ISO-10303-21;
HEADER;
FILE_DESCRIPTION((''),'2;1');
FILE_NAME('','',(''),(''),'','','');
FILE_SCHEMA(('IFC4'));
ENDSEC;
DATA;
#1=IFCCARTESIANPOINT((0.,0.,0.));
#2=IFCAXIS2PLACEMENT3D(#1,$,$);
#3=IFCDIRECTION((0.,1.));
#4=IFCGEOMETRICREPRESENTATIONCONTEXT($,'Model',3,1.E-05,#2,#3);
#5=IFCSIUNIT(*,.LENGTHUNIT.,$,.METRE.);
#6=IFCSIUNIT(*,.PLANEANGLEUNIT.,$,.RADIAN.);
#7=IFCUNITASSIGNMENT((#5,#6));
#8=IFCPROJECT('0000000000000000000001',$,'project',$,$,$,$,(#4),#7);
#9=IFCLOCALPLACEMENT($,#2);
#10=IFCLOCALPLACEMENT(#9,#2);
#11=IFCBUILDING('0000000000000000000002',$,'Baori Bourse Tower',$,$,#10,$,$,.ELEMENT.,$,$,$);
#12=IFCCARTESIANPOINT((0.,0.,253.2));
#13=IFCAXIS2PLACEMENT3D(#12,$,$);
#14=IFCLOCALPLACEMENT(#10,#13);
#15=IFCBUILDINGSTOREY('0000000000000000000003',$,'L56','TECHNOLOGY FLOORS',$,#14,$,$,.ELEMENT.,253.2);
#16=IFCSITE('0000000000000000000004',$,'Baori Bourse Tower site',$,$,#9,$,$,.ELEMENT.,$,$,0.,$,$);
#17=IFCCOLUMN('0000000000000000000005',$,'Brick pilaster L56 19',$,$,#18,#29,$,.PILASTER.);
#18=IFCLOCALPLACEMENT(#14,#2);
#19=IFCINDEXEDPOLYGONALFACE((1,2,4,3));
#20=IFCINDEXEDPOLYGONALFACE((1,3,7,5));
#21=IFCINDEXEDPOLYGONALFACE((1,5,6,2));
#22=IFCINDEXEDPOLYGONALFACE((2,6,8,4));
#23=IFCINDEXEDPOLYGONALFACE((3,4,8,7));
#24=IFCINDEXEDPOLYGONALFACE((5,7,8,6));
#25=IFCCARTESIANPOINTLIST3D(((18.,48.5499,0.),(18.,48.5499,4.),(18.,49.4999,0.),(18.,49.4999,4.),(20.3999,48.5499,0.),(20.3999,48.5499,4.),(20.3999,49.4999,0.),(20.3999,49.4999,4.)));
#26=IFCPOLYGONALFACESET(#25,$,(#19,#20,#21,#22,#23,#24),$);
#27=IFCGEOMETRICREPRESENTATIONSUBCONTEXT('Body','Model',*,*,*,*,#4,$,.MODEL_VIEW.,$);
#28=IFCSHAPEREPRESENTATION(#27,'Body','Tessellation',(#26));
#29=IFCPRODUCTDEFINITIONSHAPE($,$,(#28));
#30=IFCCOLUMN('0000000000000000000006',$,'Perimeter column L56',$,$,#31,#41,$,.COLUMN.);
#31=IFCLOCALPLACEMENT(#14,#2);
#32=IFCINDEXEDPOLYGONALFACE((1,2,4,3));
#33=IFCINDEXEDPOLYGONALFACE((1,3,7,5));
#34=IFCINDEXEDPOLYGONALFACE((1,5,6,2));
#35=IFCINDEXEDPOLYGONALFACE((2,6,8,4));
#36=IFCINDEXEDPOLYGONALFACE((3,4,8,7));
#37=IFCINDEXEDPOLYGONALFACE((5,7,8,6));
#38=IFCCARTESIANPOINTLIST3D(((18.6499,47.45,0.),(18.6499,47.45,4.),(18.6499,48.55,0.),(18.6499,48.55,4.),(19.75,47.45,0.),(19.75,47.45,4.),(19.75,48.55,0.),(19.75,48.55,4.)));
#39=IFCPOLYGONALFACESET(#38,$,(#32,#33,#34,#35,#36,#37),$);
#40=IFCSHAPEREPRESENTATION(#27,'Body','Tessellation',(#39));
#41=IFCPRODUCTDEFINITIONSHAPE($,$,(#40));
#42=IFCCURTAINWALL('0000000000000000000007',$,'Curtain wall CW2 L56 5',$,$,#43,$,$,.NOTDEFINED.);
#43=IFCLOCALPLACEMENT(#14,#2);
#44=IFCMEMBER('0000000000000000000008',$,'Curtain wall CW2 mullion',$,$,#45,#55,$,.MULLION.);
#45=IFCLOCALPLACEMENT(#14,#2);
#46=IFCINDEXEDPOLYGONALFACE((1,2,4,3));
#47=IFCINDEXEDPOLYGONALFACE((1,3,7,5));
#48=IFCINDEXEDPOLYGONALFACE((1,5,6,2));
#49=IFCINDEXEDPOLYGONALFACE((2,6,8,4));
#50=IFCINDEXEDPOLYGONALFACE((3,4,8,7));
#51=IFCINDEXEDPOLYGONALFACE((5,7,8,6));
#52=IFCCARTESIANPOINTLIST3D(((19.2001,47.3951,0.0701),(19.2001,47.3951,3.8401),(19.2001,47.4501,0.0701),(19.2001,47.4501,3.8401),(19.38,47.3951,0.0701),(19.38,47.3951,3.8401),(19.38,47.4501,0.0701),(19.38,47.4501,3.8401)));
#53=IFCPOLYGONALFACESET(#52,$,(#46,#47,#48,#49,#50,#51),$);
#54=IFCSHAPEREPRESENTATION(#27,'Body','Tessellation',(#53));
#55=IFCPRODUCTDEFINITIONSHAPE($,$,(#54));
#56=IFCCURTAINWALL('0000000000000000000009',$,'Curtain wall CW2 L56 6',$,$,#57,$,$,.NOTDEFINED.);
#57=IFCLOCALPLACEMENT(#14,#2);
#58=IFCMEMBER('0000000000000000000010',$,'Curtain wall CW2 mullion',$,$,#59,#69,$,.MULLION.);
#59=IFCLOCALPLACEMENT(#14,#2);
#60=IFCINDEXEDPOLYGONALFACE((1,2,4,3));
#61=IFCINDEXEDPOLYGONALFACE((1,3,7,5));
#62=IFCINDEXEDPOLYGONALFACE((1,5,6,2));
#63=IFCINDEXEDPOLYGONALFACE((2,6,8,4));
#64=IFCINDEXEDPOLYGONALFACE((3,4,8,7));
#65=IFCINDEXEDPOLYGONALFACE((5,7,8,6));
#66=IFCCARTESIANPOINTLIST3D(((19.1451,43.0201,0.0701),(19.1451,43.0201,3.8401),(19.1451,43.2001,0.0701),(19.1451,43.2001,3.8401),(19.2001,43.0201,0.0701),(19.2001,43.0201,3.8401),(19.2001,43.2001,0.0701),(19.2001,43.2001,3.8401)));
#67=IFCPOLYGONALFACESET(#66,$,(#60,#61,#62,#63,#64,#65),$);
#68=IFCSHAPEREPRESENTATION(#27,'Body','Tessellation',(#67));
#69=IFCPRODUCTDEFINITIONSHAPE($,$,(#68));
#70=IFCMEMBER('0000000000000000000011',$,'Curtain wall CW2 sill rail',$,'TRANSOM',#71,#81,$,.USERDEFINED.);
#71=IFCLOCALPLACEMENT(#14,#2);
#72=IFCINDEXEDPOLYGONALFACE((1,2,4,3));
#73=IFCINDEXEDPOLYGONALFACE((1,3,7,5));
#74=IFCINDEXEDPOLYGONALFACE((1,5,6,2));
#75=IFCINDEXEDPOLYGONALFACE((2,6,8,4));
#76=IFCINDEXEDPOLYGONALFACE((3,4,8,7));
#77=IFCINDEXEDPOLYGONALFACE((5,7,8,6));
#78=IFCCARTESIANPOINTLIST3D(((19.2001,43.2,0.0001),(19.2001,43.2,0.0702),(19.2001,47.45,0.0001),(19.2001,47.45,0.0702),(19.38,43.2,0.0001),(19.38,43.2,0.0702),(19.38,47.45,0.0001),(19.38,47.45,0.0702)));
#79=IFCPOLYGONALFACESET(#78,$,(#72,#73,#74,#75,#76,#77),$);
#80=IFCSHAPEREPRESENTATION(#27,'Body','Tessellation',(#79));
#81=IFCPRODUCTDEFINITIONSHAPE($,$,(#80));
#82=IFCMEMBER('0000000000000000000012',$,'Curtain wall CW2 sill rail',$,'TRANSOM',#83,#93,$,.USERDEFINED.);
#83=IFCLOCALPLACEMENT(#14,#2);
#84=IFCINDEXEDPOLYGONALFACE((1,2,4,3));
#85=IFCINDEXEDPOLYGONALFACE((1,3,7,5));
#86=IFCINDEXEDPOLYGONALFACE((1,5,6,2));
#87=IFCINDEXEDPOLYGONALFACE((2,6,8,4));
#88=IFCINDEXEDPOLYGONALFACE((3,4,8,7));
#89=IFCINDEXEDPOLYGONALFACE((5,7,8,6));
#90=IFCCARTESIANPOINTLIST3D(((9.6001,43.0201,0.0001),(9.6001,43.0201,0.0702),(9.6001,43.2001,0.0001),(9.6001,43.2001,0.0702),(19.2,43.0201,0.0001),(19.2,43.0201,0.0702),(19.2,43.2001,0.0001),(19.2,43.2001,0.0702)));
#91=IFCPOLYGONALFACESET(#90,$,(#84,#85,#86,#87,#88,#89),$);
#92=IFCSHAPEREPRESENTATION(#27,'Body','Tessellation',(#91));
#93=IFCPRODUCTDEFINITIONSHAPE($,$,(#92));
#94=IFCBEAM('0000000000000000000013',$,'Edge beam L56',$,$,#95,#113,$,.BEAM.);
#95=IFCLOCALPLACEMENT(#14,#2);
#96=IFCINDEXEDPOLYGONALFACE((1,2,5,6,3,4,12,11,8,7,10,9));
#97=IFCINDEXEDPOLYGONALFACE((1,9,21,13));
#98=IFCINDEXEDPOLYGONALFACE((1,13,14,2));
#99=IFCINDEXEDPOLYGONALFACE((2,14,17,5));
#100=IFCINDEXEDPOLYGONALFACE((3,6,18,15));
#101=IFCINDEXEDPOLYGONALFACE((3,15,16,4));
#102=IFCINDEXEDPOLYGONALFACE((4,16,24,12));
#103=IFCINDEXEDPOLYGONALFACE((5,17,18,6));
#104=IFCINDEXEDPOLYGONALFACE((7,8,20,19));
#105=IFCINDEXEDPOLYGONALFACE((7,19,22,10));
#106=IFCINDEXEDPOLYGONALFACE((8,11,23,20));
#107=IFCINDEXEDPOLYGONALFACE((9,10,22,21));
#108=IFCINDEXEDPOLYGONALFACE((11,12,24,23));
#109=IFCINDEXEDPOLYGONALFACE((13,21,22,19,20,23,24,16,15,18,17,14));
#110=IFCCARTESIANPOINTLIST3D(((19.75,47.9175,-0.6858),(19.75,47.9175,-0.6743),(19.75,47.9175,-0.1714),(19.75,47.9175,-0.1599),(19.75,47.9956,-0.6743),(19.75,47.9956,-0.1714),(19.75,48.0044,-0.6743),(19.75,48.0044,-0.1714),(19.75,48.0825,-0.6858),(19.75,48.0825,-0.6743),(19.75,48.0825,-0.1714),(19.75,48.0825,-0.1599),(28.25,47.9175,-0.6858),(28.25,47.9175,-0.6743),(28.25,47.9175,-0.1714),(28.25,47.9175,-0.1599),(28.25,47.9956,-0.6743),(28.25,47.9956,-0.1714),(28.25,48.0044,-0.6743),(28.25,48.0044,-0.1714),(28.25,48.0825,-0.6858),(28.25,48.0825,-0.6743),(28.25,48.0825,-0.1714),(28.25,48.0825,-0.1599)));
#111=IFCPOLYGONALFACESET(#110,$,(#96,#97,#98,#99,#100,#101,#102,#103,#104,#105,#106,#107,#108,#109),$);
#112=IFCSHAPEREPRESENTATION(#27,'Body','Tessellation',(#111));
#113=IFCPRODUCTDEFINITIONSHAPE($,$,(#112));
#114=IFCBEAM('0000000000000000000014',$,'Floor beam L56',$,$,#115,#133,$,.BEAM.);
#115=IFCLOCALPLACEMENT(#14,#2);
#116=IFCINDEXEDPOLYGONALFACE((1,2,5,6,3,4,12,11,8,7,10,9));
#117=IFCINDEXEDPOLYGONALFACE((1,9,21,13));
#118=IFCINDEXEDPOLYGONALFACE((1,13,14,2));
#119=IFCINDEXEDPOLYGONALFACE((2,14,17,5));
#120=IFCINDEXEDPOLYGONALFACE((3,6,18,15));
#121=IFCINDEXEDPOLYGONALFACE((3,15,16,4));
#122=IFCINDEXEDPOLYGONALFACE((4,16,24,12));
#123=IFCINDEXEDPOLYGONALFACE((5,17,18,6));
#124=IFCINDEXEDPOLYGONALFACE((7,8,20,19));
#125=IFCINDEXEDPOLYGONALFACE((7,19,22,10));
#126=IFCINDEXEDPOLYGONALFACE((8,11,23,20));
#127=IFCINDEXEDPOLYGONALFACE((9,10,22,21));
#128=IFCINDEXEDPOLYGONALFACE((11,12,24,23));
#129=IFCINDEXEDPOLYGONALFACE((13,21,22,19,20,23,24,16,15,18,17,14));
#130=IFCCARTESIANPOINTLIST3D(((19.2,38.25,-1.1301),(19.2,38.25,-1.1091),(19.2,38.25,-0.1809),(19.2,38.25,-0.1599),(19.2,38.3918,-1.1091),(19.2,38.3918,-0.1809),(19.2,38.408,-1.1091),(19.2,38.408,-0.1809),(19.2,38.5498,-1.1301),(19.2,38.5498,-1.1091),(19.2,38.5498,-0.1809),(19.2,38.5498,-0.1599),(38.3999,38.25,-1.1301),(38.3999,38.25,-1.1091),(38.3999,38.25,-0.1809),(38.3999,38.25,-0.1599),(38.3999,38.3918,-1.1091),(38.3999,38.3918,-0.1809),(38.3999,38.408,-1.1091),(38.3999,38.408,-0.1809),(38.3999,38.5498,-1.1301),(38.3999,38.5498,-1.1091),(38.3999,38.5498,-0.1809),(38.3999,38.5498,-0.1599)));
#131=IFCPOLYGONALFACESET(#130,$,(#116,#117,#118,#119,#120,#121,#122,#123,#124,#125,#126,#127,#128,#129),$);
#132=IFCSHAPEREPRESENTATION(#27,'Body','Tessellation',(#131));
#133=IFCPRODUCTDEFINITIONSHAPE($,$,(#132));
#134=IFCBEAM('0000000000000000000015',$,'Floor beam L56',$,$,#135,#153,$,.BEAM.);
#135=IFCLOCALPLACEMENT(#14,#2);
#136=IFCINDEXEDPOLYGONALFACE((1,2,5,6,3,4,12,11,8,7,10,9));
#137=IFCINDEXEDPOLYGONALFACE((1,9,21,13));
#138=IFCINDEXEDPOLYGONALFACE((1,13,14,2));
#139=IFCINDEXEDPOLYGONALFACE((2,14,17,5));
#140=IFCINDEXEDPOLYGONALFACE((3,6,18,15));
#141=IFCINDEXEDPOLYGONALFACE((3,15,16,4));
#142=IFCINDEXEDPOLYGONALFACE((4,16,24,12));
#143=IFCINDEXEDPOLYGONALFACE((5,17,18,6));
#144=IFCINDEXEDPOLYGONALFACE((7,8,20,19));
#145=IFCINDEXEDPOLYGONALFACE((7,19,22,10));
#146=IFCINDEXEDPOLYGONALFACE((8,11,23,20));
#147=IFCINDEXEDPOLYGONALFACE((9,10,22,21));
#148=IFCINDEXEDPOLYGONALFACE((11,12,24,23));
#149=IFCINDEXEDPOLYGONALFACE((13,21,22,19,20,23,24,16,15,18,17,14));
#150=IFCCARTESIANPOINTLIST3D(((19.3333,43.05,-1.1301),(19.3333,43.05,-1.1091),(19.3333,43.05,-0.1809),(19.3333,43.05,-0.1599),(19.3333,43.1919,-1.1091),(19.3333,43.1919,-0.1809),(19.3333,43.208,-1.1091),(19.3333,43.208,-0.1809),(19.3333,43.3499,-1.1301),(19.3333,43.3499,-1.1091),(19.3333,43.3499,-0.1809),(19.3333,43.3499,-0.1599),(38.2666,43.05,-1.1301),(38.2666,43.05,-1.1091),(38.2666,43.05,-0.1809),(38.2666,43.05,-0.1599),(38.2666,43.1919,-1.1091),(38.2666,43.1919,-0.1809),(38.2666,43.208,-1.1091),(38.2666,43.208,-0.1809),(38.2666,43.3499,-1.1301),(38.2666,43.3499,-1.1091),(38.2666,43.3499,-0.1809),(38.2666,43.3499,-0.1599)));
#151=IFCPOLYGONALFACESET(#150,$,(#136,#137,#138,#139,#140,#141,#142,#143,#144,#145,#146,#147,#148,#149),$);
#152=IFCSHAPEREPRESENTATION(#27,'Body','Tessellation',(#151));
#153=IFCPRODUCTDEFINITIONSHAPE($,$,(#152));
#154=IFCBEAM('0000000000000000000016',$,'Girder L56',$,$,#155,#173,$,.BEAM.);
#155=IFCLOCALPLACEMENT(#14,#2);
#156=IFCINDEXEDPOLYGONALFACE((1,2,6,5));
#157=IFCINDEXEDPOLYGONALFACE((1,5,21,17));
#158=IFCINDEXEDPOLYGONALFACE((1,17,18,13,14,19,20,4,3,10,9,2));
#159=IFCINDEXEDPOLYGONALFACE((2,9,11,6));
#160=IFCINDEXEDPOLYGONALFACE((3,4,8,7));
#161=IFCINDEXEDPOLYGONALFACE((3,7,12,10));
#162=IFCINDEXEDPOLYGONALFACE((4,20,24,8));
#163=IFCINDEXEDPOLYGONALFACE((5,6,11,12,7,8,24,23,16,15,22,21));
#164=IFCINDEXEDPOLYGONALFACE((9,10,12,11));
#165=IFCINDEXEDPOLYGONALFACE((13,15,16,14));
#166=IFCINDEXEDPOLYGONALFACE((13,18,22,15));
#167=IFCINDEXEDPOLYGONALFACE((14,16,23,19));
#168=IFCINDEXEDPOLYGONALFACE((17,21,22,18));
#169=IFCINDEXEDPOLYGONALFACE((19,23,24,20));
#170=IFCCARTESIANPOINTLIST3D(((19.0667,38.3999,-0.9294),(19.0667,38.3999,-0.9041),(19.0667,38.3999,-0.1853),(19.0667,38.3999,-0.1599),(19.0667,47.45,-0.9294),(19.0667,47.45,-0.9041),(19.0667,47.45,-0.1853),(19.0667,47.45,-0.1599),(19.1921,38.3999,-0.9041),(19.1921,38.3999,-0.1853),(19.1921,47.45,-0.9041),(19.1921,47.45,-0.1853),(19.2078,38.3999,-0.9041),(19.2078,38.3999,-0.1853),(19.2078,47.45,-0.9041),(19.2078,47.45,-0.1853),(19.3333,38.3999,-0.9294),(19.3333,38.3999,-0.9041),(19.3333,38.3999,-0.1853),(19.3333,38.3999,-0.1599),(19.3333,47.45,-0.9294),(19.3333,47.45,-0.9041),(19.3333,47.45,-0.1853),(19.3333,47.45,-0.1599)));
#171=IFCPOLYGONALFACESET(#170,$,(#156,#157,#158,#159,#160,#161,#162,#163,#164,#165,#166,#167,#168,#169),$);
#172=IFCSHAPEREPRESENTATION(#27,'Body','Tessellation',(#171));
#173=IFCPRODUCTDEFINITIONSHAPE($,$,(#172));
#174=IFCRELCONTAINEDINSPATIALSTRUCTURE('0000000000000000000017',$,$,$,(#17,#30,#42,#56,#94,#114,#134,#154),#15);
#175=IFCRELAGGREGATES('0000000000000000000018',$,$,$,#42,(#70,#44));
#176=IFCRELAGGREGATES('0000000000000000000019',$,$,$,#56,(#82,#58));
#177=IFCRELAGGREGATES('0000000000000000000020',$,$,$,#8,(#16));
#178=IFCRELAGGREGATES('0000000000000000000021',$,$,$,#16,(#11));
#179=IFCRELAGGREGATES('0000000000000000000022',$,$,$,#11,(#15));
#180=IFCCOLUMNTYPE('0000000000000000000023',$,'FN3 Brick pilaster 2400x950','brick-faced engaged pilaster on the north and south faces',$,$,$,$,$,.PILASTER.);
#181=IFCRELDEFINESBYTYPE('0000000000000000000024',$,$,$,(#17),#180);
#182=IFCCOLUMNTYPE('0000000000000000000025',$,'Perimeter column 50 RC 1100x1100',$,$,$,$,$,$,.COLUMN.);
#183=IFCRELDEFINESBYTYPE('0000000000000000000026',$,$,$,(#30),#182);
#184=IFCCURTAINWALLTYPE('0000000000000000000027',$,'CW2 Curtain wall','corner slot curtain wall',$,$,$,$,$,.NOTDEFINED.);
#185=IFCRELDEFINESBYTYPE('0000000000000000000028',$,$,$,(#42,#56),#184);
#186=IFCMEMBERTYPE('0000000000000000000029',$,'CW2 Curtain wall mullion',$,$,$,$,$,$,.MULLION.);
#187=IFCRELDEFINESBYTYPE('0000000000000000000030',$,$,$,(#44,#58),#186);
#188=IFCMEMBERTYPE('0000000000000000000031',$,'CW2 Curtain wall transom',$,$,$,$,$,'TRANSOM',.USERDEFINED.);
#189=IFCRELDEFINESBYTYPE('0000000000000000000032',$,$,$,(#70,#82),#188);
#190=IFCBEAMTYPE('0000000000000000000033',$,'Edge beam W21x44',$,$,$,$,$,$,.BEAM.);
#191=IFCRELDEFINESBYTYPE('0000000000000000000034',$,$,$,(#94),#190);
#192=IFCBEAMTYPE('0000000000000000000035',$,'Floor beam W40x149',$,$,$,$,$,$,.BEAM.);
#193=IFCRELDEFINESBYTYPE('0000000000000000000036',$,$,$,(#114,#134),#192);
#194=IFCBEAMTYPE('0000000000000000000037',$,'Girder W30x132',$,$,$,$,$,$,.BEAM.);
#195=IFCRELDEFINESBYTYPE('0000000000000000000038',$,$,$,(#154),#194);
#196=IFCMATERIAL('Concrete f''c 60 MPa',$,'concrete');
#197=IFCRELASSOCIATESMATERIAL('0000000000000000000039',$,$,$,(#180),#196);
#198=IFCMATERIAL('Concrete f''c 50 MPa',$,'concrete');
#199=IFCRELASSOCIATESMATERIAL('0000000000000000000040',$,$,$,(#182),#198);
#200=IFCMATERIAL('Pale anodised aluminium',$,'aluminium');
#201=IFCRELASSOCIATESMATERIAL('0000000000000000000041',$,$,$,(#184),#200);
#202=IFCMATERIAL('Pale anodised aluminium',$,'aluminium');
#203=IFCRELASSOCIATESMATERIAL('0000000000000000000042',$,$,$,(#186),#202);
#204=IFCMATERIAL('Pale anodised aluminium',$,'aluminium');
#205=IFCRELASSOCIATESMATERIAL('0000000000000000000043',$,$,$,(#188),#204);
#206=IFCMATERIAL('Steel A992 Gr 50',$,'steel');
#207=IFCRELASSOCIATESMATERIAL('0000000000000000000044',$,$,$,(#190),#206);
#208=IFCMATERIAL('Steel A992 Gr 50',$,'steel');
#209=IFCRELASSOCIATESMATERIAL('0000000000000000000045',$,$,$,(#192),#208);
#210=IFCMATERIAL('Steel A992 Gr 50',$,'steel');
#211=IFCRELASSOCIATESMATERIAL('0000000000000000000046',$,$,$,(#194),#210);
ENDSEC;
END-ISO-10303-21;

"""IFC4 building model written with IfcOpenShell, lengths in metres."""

from ifc_helpers import new_model, si_unit, direction, frame, origin, origin_2d, place, context, subcontext, project, spatial, rectangle, i_section, extrude, material, material_profile, profile_set, type_object, element, aggregate, save


model = new_model("IFC4")

# Units and contexts
model_context = context("Model", 3, precision=1e-05, world=origin(), true_north=direction((0.0, 1.0)))
body_context = subcontext(model_context, "Body", "Model", "MODEL_VIEW")
ifc_project = project(units=[si_unit("LENGTHUNIT", "METRE"), si_unit("PLANEANGLEUNIT", "RADIAN")], contexts=[model_context])

# Site, building, storey
site_placement = place(None, origin())
site = spatial("IfcSite", under=ifc_project, at=site_placement, Name="Baori Bourse Tower site", CompositionType="ELEMENT", RefElevation=0.0)
building_placement = place(site_placement, origin())
building = spatial("IfcBuilding", under=site, at=building_placement, Name="Baori Bourse Tower", CompositionType="ELEMENT")
storey_placement = place(building_placement, frame((0.0, 0.0, 253.2)))
storey = spatial("IfcBuildingStorey", under=building, at=storey_placement, Name="L56", Description="TECHNOLOGY FLOORS", CompositionType="ELEMENT", Elevation=253.2)

# Columns
ifc_material_1 = material(Name="Concrete f'c 60 MPa", Category="concrete")
ifc_material_profile_1 = material_profile(ifc_material_1, rectangle(XDim=2.3999, YDim=0.95, at=origin_2d()), Name="RC 2400x950")
ifc_profile_set_1 = profile_set([ifc_material_profile_1], Name="Concrete f'c 60 MPa")
column_type_1 = type_object("IfcColumnType", Name="FN3 Brick pilaster 2400x950", Description="brick-faced engaged pilaster on the north and south faces", PredefinedType="PILASTER", material=ifc_profile_set_1)
column_1_placement = place(storey_placement, frame((19.2, 49.0249, 0.0), z_axis=(0.0, 0.0, 1.0), x_axis=(1.0, 0.0, 0.0)))
element("IfcColumn", 1, at=column_1_placement, inside=storey, type_object=column_type_1, Name="Brick pilaster L56 19", PredefinedType="PILASTER", context=body_context, shape_type="SweptSolid", body=[
    extrude(rectangle(XDim=2.3999, YDim=0.95, at=origin_2d()), origin(), (0.0, 0.0, 1.0), 4.0),
])
ifc_material_2 = material(Name="Concrete f'c 50 MPa", Category="concrete")
ifc_material_profile_2 = material_profile(ifc_material_2, rectangle(XDim=1.1001, YDim=1.1001, at=origin_2d()), Name="RC 1100x1100")
ifc_profile_set_2 = profile_set([ifc_material_profile_2], Name="Concrete f'c 50 MPa")
column_type_2 = type_object("IfcColumnType", Name="Perimeter column 50 RC 1100x1100", PredefinedType="COLUMN", material=ifc_profile_set_2)
column_2_placement = place(storey_placement, frame((19.2, 48.0, 0.0), z_axis=(0.0, 0.0, 1.0), x_axis=(1.0, 0.0, 0.0)))
element("IfcColumn", 2, at=column_2_placement, inside=storey, type_object=column_type_2, Name="Perimeter column L56", PredefinedType="COLUMN", context=body_context, shape_type="SweptSolid", body=[
    extrude(rectangle(XDim=1.1001, YDim=1.1001, at=origin_2d()), origin(), (0.0, 0.0, 1.0), 4.0),
])

# Curtain walls, members
ifc_material_3 = material(Name="Pale anodised aluminium", Category="aluminium")
curtain_wall_type = type_object("IfcCurtainWallType", Name="CW2 Curtain wall", Description="corner slot curtain wall", PredefinedType="NOTDEFINED", material=ifc_material_3)
curtain_wall_1_placement = place(storey_placement, origin())
curtain_wall_1 = element("IfcCurtainWall", 3, at=curtain_wall_1_placement, inside=storey, type_object=curtain_wall_type, Name="Curtain wall CW2 L56 5", PredefinedType="NOTDEFINED")
ifc_material_4 = material(Name="Pale anodised aluminium", Category="aluminium")
ifc_material_profile_3 = material_profile(ifc_material_4, rectangle(XDim=0.1799, YDim=0.0549, at=origin_2d()), Name="Mullion 55x180")
ifc_profile_set_3 = profile_set([ifc_material_profile_3], Name="Pale anodised aluminium")
member_type_1 = type_object("IfcMemberType", Name="CW2 Curtain wall mullion", PredefinedType="MULLION", material=ifc_profile_set_3)
member_1_placement = place(storey_placement, frame((19.29, 47.4226, 0.0701), z_axis=(0.0, 0.0, 1.0), x_axis=(1.0, 0.0, 0.0)))
member_1 = element("IfcMember", 4, at=member_1_placement, type_object=member_type_1, Name="Curtain wall CW2 mullion", PredefinedType="MULLION", context=body_context, shape_type="SweptSolid", body=[
    extrude(rectangle(XDim=0.1799, YDim=0.0549, at=origin_2d()), origin(), (0.0, 0.0, 1.0), 3.77),
])
curtain_wall_2_placement = place(storey_placement, origin())
curtain_wall_2 = element("IfcCurtainWall", 5, at=curtain_wall_2_placement, inside=storey, type_object=curtain_wall_type, Name="Curtain wall CW2 L56 6", PredefinedType="NOTDEFINED")
member_2_placement = place(storey_placement, frame((19.1726, 43.1101, 0.0701), z_axis=(0.0, 0.0, 1.0), x_axis=(0.0, -1.0, 0.0)))
member_2 = element("IfcMember", 6, at=member_2_placement, type_object=member_type_1, Name="Curtain wall CW2 mullion", PredefinedType="MULLION", context=body_context, shape_type="SweptSolid", body=[
    extrude(rectangle(XDim=0.1799, YDim=0.0549, at=origin_2d()), origin(), (0.0, 0.0, 1.0), 3.77),
])

# Members
ifc_material_5 = material(Name="Pale anodised aluminium", Category="aluminium")
ifc_material_profile_4 = material_profile(ifc_material_5, rectangle(XDim=0.1799, YDim=0.0701, at=origin_2d()), Name="Transom 70x180")
ifc_profile_set_4 = profile_set([ifc_material_profile_4], Name="Pale anodised aluminium")
member_type_2 = type_object("IfcMemberType", Name="CW2 Curtain wall transom", ElementType="TRANSOM", PredefinedType="USERDEFINED", material=ifc_profile_set_4)
member_3_placement = place(storey_placement, frame((19.29, 47.45, 0.0352), z_axis=(0.0, -1.0, 0.0), x_axis=(1.0, 0.0, 0.0)))
member_3 = element("IfcMember", 7, at=member_3_placement, type_object=member_type_2, Name="Curtain wall CW2 sill rail", ObjectType="TRANSOM", PredefinedType="USERDEFINED", context=body_context, shape_type="SweptSolid", body=[
    extrude(rectangle(XDim=0.1799, YDim=0.0701, at=origin_2d()), origin(), (0.0, 0.0, 1.0), 4.25),
])
member_4_placement = place(storey_placement, frame((19.2, 43.1101, 0.0352), z_axis=(-1.0, 0.0, 0.0), x_axis=(0.0, -1.0, 0.0)))
member_4 = element("IfcMember", 8, at=member_4_placement, type_object=member_type_2, Name="Curtain wall CW2 sill rail", ObjectType="TRANSOM", PredefinedType="USERDEFINED", context=body_context, shape_type="SweptSolid", body=[
    extrude(rectangle(XDim=0.1799, YDim=0.0701, at=origin_2d()), origin(), (0.0, 0.0, 1.0), 9.5999),
])

# Beams
ifc_material_6 = material(Name="Steel A992 Gr 50", Category="steel")
ifc_material_profile_5 = material_profile(ifc_material_6, i_section(OverallWidth=0.165, OverallDepth=0.5259, WebThickness=0.0088, FlangeThickness=0.0115, at=origin_2d()), Name="W21x44")
ifc_profile_set_5 = profile_set([ifc_material_profile_5], Name="Steel A992 Gr 50")
beam_type_1 = type_object("IfcBeamType", Name="Edge beam W21x44", PredefinedType="BEAM", material=ifc_profile_set_5)
beam_1_placement = place(storey_placement, frame((19.75, 48.0, -0.4229), z_axis=(1.0, 0.0, 0.0), x_axis=(0.0, 1.0, 0.0)))
element("IfcBeam", 9, at=beam_1_placement, inside=storey, type_object=beam_type_1, Name="Edge beam L56", PredefinedType="BEAM", context=body_context, shape_type="SweptSolid", body=[
    extrude(i_section(OverallWidth=0.165, OverallDepth=0.5259, WebThickness=0.0088, FlangeThickness=0.0115, at=origin_2d()), origin(), (0.0, 0.0, 1.0), 8.5),
])
ifc_material_7 = material(Name="Steel A992 Gr 50", Category="steel")
ifc_material_profile_6 = material_profile(ifc_material_7, i_section(OverallWidth=0.2998, OverallDepth=0.9702, WebThickness=0.0161, FlangeThickness=0.021, at=origin_2d()), Name="W40x149")
ifc_profile_set_6 = profile_set([ifc_material_profile_6], Name="Steel A992 Gr 50")
beam_type_2 = type_object("IfcBeamType", Name="Floor beam W40x149", PredefinedType="BEAM", material=ifc_profile_set_6)
beam_2_placement = place(storey_placement, frame((19.2, 38.3999, -0.645), z_axis=(1.0, 0.0, 0.0), x_axis=(0.0, 1.0, 0.0)))
element("IfcBeam", 10, at=beam_2_placement, inside=storey, type_object=beam_type_2, Name="Floor beam L56", PredefinedType="BEAM", context=body_context, shape_type="SweptSolid", body=[
    extrude(i_section(OverallWidth=0.2998, OverallDepth=0.9702, WebThickness=0.0161, FlangeThickness=0.021, at=origin_2d()), origin(), (0.0, 0.0, 1.0), 19.2),
])
beam_3_placement = place(storey_placement, frame((19.3333, 43.2, -0.645), z_axis=(1.0, 0.0, 0.0), x_axis=(0.0, 1.0, 0.0)))
element("IfcBeam", 11, at=beam_3_placement, inside=storey, type_object=beam_type_2, Name="Floor beam L56", PredefinedType="BEAM", context=body_context, shape_type="SweptSolid", body=[
    extrude(i_section(OverallWidth=0.2998, OverallDepth=0.9702, WebThickness=0.0161, FlangeThickness=0.021, at=origin_2d()), origin(), (0.0, 0.0, 1.0), 18.9333),
])
ifc_material_8 = material(Name="Steel A992 Gr 50", Category="steel")
ifc_material_profile_7 = material_profile(ifc_material_8, i_section(OverallWidth=0.2666, OverallDepth=0.7695, WebThickness=0.0156, FlangeThickness=0.0254, at=origin_2d()), Name="W30x132")
ifc_profile_set_7 = profile_set([ifc_material_profile_7], Name="Steel A992 Gr 50")
beam_type_3 = type_object("IfcBeamType", Name="Girder W30x132", PredefinedType="BEAM", material=ifc_profile_set_7)
beam_4_placement = place(storey_placement, frame((19.2, 38.3999, -0.5447), z_axis=(0.0, 1.0, 0.0), x_axis=(-1.0, 0.0, 0.0)))
element("IfcBeam", 12, at=beam_4_placement, inside=storey, type_object=beam_type_3, Name="Girder L56", PredefinedType="BEAM", context=body_context, shape_type="SweptSolid", body=[
    extrude(i_section(OverallWidth=0.2666, OverallDepth=0.7695, WebThickness=0.0156, FlangeThickness=0.0254, at=origin_2d()), origin(), (0.0, 0.0, 1.0), 9.05),
])

aggregate(curtain_wall_1, [member_3, member_1])
aggregate(curtain_wall_2, [member_4, member_2])

save(model, "model.ifc")
